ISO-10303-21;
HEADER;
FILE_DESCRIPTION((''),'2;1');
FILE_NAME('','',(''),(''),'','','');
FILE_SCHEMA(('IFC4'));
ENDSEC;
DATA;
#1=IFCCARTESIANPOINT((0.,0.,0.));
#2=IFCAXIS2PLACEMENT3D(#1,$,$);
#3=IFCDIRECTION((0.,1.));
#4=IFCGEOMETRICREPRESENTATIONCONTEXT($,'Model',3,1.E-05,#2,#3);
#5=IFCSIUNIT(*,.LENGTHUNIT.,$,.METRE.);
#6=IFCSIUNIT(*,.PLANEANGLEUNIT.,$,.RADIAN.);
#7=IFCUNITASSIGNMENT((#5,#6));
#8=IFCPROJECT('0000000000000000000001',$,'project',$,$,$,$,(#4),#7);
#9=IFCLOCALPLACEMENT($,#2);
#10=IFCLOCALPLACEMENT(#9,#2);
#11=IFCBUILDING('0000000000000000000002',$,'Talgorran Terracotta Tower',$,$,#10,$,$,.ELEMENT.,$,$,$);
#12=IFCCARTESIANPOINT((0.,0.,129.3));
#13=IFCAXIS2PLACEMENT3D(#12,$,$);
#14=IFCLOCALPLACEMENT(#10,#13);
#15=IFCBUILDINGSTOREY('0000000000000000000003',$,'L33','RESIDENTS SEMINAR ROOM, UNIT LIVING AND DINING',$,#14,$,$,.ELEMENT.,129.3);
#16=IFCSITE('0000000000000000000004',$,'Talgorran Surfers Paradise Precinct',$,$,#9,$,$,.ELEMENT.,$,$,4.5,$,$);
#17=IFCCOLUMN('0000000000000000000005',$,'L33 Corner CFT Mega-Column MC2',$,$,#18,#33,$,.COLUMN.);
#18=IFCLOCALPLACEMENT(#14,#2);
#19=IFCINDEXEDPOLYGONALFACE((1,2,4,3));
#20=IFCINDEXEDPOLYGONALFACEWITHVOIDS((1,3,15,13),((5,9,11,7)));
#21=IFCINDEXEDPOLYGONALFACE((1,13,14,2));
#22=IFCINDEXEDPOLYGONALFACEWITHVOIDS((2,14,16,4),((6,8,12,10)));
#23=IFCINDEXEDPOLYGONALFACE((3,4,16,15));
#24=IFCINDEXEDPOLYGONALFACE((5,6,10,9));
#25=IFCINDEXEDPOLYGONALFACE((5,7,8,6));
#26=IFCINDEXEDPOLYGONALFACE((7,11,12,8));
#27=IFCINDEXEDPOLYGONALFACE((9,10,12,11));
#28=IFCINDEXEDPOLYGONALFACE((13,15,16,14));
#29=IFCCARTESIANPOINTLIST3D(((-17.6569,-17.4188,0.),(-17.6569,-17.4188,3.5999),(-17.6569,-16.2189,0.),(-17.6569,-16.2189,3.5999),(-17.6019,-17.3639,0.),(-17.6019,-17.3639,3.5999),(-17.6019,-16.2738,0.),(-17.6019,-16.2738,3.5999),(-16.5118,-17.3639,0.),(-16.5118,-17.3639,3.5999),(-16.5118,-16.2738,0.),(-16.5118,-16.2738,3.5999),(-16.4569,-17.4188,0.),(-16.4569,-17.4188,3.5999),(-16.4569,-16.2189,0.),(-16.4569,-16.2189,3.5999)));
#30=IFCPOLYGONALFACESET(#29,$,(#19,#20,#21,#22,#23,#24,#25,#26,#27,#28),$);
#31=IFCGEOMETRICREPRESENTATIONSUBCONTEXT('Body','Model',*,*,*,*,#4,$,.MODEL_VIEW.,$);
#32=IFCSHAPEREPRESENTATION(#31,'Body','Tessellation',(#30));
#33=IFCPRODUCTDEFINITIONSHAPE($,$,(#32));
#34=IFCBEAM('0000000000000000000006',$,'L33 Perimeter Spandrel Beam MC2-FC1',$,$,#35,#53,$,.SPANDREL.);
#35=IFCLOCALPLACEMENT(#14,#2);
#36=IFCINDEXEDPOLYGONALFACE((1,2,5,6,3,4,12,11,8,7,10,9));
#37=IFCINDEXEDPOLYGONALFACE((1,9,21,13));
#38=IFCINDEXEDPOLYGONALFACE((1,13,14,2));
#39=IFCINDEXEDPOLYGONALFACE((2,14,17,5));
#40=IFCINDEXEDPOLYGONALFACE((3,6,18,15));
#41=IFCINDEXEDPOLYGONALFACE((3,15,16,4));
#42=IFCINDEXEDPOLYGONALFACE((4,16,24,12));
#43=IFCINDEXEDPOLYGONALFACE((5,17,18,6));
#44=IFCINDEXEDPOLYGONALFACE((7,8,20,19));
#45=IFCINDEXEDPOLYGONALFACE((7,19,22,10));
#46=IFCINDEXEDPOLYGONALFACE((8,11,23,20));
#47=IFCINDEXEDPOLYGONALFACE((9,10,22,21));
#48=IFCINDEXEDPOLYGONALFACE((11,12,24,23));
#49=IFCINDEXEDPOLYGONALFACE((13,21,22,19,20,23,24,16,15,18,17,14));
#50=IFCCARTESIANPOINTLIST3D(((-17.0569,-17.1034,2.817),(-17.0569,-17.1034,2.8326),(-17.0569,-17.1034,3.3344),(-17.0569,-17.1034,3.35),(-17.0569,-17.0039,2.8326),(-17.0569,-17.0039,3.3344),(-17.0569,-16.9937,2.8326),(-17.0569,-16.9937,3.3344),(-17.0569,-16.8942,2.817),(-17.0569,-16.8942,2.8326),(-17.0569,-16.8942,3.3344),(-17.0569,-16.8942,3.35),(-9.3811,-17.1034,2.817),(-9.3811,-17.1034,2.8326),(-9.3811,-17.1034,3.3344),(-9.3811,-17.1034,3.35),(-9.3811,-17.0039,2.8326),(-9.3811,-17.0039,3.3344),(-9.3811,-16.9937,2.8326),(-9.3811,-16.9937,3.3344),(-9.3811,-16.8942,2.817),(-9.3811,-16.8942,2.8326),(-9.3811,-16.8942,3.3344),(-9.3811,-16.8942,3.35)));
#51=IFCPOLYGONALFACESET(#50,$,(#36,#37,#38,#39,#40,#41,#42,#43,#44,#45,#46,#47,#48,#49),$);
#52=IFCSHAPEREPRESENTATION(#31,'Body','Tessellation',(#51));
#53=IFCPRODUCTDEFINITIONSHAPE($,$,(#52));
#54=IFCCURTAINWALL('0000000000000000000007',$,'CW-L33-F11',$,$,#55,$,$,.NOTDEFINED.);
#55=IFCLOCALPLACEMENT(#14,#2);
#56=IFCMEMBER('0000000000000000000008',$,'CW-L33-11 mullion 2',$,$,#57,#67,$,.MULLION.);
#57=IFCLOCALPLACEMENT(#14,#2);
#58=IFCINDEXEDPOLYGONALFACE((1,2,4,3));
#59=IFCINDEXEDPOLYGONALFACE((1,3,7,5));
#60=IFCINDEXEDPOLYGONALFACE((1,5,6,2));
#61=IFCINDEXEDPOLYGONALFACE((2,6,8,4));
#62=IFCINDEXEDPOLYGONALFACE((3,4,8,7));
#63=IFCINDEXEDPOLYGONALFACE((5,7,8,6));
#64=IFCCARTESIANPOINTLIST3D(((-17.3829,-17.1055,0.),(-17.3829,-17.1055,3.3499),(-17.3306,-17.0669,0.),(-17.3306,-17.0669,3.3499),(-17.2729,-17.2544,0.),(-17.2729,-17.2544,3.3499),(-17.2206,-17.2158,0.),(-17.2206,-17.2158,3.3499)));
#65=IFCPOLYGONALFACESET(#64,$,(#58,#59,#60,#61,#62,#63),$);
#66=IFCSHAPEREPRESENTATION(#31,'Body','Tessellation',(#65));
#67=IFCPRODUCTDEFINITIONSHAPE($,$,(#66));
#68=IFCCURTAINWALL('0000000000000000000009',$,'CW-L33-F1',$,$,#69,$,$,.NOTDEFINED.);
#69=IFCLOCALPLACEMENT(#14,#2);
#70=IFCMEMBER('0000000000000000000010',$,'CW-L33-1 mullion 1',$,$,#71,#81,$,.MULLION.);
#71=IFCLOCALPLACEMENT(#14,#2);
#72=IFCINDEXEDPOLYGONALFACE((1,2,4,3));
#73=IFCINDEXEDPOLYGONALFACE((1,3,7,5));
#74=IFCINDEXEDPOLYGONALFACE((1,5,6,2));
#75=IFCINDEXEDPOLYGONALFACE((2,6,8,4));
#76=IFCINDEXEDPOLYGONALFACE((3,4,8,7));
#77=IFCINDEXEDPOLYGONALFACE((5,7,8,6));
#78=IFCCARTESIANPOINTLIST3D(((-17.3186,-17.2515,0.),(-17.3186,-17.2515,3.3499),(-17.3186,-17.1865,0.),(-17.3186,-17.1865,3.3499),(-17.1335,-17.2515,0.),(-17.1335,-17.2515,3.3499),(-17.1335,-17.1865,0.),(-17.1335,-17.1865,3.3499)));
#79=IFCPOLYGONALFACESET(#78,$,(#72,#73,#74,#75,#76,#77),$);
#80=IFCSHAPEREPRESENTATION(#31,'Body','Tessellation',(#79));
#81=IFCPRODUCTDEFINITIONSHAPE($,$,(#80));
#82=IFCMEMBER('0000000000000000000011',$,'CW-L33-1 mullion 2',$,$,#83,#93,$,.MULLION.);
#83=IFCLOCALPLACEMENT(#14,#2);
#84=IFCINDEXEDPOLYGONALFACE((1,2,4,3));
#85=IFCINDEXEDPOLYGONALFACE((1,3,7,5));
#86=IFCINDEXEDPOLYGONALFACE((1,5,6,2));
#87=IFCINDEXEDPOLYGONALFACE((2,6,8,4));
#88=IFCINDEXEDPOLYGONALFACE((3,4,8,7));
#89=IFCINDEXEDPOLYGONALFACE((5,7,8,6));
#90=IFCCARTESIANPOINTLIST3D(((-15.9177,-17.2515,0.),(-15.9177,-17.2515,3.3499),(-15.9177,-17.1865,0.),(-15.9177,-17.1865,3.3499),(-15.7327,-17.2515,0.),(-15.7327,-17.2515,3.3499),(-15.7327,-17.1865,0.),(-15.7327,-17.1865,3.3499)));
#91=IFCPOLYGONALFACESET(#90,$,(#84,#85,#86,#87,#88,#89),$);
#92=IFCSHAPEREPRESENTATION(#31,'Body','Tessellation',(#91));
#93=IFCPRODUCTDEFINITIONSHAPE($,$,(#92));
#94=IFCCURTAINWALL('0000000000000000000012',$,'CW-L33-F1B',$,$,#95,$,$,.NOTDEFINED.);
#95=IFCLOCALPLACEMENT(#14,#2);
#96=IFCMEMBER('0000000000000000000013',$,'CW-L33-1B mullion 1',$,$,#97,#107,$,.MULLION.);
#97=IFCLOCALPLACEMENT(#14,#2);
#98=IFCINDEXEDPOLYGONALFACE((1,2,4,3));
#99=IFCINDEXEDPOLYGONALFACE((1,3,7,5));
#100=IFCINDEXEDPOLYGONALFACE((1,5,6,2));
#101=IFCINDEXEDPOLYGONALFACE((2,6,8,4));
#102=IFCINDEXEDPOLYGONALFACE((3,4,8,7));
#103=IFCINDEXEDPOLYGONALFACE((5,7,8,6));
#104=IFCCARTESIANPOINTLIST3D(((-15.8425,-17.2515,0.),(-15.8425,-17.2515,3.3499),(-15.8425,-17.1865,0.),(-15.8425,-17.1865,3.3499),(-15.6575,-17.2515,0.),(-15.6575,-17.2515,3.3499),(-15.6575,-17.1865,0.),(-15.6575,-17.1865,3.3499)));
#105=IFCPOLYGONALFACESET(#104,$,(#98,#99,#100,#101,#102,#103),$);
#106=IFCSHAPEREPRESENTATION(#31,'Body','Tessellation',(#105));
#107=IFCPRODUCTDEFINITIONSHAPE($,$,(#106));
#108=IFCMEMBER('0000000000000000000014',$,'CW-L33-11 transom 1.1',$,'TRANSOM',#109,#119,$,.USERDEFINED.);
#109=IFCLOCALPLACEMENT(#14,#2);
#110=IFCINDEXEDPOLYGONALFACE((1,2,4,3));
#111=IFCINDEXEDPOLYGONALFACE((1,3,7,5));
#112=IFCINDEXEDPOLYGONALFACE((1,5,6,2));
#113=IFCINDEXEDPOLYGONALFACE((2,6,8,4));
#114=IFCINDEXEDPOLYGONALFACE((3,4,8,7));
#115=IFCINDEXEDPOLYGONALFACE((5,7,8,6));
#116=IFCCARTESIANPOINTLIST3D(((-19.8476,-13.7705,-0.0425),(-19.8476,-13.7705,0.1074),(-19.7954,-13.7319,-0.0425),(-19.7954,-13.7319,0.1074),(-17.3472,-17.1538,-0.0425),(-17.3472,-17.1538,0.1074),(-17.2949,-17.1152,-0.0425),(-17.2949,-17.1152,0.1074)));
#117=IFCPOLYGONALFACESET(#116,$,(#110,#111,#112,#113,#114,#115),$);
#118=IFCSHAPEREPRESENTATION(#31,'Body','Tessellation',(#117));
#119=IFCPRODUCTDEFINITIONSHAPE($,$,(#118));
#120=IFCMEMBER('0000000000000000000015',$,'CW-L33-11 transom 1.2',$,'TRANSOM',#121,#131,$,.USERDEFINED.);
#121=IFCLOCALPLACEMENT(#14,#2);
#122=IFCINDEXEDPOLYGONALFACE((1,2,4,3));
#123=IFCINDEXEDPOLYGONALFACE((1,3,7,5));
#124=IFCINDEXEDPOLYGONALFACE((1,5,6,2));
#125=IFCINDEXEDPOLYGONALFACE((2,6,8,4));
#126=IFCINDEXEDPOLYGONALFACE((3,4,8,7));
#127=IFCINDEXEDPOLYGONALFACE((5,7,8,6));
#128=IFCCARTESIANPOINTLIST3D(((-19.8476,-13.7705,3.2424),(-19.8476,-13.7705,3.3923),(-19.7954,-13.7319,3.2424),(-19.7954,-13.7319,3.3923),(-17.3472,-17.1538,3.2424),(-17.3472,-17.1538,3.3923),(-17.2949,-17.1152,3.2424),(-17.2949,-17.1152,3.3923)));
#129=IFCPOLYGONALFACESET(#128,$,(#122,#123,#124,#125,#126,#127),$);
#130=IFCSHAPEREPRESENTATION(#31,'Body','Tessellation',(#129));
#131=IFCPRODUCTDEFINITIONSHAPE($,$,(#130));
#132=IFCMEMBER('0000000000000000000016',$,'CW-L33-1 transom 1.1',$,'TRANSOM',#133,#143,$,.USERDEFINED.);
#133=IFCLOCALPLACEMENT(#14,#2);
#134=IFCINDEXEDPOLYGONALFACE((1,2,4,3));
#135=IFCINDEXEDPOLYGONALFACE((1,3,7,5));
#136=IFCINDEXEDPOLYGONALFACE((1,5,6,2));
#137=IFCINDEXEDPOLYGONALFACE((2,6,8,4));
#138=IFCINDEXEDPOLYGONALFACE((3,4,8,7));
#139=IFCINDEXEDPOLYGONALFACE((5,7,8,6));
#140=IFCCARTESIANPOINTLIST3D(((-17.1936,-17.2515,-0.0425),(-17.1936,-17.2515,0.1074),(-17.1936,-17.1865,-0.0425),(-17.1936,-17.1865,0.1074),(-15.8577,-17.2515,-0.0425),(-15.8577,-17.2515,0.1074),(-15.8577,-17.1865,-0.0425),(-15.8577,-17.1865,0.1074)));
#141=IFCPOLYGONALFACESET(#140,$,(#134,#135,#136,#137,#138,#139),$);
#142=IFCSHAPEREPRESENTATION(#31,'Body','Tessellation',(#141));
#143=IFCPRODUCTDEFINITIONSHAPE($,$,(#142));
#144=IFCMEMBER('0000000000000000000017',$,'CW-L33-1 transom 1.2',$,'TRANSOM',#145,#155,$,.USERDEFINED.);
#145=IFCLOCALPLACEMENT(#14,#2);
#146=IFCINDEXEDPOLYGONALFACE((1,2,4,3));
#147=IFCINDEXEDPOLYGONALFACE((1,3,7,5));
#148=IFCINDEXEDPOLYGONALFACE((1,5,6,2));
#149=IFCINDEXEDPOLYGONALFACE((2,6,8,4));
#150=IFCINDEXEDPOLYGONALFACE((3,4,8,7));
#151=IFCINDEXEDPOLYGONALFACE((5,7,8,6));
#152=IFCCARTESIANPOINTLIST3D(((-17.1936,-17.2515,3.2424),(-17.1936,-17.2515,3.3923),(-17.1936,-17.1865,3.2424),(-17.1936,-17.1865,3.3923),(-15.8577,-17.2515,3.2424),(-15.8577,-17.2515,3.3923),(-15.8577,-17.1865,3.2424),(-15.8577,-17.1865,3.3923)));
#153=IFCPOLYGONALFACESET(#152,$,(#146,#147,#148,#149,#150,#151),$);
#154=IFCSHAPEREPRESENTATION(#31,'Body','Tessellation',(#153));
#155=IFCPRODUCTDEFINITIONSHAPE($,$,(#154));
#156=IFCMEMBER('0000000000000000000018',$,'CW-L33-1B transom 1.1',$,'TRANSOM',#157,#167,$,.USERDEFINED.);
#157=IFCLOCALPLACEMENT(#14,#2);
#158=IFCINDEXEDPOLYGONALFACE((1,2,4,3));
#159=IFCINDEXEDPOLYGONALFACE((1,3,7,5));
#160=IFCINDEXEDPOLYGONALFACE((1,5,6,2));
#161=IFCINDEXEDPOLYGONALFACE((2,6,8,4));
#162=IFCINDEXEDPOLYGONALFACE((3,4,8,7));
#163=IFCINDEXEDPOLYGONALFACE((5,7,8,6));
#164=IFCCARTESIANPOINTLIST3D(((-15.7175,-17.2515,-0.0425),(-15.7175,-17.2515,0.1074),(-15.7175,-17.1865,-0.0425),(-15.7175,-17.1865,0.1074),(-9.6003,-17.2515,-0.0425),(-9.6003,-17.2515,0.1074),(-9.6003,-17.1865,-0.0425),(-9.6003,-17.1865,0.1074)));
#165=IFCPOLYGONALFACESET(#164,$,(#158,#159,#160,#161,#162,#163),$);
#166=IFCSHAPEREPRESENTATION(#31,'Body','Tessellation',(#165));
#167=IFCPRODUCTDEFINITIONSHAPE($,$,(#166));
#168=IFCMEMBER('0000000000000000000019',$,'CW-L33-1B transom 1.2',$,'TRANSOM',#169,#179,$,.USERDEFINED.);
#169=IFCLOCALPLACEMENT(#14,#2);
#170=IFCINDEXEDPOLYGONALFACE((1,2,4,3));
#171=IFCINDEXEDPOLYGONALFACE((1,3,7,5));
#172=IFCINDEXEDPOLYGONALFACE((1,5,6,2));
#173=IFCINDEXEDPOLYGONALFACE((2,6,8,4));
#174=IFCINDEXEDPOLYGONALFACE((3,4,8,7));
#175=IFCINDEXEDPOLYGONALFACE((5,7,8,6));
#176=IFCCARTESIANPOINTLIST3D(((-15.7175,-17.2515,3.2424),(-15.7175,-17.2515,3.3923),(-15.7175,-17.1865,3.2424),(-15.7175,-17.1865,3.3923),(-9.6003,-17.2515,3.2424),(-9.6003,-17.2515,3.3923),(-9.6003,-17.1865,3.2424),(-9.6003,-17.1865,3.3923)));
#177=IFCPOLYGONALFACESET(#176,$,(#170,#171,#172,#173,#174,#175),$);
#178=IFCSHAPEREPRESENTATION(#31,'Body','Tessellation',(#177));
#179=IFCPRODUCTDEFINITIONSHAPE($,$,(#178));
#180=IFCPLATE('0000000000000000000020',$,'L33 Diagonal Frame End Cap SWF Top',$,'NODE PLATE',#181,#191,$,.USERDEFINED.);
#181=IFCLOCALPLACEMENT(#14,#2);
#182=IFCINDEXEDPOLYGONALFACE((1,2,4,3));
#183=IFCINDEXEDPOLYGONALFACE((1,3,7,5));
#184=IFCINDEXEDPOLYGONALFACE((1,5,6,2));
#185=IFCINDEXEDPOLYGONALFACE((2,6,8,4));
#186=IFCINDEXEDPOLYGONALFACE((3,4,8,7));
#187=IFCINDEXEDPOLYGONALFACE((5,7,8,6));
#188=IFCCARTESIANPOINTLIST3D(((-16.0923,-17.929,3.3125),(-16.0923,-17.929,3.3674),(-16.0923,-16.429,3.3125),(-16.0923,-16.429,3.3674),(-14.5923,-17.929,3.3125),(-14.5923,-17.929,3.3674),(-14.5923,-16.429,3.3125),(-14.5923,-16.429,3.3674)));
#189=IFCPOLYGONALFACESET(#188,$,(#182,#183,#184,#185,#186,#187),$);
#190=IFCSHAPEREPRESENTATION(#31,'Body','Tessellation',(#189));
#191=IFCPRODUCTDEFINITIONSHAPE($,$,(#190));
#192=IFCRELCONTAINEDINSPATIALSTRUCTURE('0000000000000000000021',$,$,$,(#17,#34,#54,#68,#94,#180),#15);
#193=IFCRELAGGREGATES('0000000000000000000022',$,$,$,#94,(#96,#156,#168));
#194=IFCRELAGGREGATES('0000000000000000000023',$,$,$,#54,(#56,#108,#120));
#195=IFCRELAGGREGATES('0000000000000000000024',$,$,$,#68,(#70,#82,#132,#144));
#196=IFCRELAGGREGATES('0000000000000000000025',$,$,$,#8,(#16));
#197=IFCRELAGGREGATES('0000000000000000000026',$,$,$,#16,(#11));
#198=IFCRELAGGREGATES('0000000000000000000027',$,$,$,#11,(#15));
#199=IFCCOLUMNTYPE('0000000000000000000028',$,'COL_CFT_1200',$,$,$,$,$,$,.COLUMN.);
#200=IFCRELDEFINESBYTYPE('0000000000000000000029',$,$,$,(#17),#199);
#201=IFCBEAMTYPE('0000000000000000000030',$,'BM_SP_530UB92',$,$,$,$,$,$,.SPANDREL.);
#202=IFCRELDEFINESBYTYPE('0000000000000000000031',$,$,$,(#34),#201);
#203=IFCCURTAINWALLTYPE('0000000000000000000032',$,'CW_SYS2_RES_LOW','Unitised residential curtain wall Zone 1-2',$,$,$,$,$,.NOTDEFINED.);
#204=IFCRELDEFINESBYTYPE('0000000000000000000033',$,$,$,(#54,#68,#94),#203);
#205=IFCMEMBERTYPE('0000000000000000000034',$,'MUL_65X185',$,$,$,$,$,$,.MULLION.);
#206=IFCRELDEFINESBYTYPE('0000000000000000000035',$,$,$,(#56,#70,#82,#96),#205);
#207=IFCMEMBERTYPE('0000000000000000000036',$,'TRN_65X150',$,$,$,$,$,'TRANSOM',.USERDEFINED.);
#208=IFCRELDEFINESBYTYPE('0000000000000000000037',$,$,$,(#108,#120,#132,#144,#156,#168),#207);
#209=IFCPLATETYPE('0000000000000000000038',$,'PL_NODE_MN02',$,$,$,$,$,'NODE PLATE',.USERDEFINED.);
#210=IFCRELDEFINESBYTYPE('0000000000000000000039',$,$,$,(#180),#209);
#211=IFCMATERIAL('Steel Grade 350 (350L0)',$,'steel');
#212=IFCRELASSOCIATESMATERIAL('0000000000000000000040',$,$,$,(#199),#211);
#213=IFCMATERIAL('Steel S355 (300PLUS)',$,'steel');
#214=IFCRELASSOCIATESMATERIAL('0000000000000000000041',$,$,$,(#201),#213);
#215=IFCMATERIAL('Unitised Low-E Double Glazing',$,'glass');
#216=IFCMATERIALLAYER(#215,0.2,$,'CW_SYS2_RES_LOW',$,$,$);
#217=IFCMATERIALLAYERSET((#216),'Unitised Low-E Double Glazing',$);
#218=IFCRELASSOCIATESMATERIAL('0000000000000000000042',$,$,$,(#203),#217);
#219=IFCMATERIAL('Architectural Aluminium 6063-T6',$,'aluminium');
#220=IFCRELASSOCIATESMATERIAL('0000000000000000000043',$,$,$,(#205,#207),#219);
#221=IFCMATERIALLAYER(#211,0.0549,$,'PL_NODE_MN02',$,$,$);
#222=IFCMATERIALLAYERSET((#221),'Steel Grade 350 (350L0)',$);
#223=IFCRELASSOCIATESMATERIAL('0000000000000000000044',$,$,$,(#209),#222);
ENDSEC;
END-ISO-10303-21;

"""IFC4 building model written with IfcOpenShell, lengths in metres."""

from ifc_helpers import new_model, si_unit, direction, frame, origin, origin_2d, place, context, subcontext, project, spatial, rectangle, hollow_rectangle, i_section, extrude, material, layer, layer_set, material_profile, profile_set, type_object, element, aggregate, save


model = new_model("IFC4")

# Units and contexts
model_context = context("Model", 3, precision=1e-05, world=origin(), true_north=direction((0.0, 1.0)))
body_context = subcontext(model_context, "Body", "Model", "MODEL_VIEW")
ifc_project = project(units=[si_unit("LENGTHUNIT", "METRE"), si_unit("PLANEANGLEUNIT", "RADIAN")], contexts=[model_context])

# Site, building, storey
site_placement = place(None, origin())
site = spatial("IfcSite", under=ifc_project, at=site_placement, Name="Talgorran Surfers Paradise Precinct", CompositionType="ELEMENT", RefElevation=4.5)
building_placement = place(site_placement, origin())
building = spatial("IfcBuilding", under=site, at=building_placement, Name="Talgorran Terracotta Tower", CompositionType="ELEMENT")
storey_placement = place(building_placement, frame((0.0, 0.0, 129.3)))
storey = spatial("IfcBuildingStorey", under=building, at=storey_placement, Name="L33", Description="RESIDENTS SEMINAR ROOM, UNIT LIVING AND DINING", CompositionType="ELEMENT", Elevation=129.3)

# Column
ifc_material_1 = material(Name="Steel Grade 350 (350L0)", Category="steel")
ifc_material_profile_1 = material_profile(ifc_material_1, hollow_rectangle(XDim=1.2, YDim=1.2, WallThickness=0.0549, at=origin_2d()), Name="CFT1200X1200X55")
ifc_profile_set_1 = profile_set([ifc_material_profile_1], Name="Steel Grade 350 (350L0)")
column_type = type_object("IfcColumnType", Name="COL_CFT_1200", PredefinedType="COLUMN", material=ifc_profile_set_1)
column_placement = place(storey_placement, frame((-17.0569, -16.8188, 0.0), z_axis=(0.0, 0.0, 1.0), x_axis=(1.0, 0.0, 0.0)))
element("IfcColumn", 1, at=column_placement, inside=storey, type_object=column_type, Name="L33 Corner CFT Mega-Column MC2", PredefinedType="COLUMN", context=body_context, shape_type="SweptSolid", body=[
    extrude(hollow_rectangle(XDim=1.2, YDim=1.2, WallThickness=0.0549, at=origin_2d()), origin(), (0.0, 0.0, 1.0), 3.5999),
])

# Beam
ifc_material_2 = material(Name="Steel S355 (300PLUS)", Category="steel")
ifc_material_profile_2 = material_profile(ifc_material_2, i_section(OverallWidth=0.2092, OverallDepth=0.533, WebThickness=0.0103, FlangeThickness=0.0156, at=origin_2d()), Name="530UB92.4")
ifc_profile_set_2 = profile_set([ifc_material_profile_2], Name="Steel S355 (300PLUS)")
beam_type = type_object("IfcBeamType", Name="BM_SP_530UB92", PredefinedType="SPANDREL", material=ifc_profile_set_2)
beam_placement = place(storey_placement, frame((-17.0569, -16.9988, 3.0835), z_axis=(1.0, 0.0, 0.0), x_axis=(0.0, 1.0, 0.0)))
element("IfcBeam", 2, at=beam_placement, inside=storey, type_object=beam_type, Name="L33 Perimeter Spandrel Beam MC2-FC1", PredefinedType="SPANDREL", context=body_context, shape_type="SweptSolid", body=[
    extrude(i_section(OverallWidth=0.2092, OverallDepth=0.533, WebThickness=0.0103, FlangeThickness=0.0156, at=origin_2d()), origin(), (0.0, 0.0, 1.0), 7.6758),
])

# Curtain wall, member
ifc_material_3 = material(Name="Unitised Low-E Double Glazing", Category="glass")
ifc_layer_1 = layer(ifc_material_3, 0.2, Name="CW_SYS2_RES_LOW")
ifc_layer_set_1 = layer_set([ifc_layer_1], Name="Unitised Low-E Double Glazing")
curtain_wall_type = type_object("IfcCurtainWallType", Name="CW_SYS2_RES_LOW", Description="Unitised residential curtain wall Zone 1-2", PredefinedType="NOTDEFINED", material=ifc_layer_set_1)
curtain_wall_1_placement = place(storey_placement, origin())
curtain_wall_1 = element("IfcCurtainWall", 3, at=curtain_wall_1_placement, inside=storey, type_object=curtain_wall_type, Name="CW-L33-F11", PredefinedType="NOTDEFINED")
ifc_material_4 = material(Name="Architectural Aluminium 6063-T6", Category="aluminium")
ifc_material_profile_3 = material_profile(ifc_material_4, rectangle(XDim=0.0649, YDim=0.1851, at=origin_2d()), Name="CWM65X185")
ifc_profile_set_3 = profile_set([ifc_material_profile_3], Name="Architectural Aluminium 6063-T6")
member_type_1 = type_object("IfcMemberType", Name="MUL_65X185", PredefinedType="MULLION", material=ifc_profile_set_3)
member_1_placement = place(storey_placement, frame((-17.3018, -17.1606, 0.0), z_axis=(0.0, 0.0, 1.0), x_axis=(0.804194, 0.594366, 0.0)))
member_1 = element("IfcMember", 4, at=member_1_placement, type_object=member_type_1, Name="CW-L33-11 mullion 2", PredefinedType="MULLION", context=body_context, shape_type="SweptSolid", body=[
    extrude(rectangle(XDim=0.0649, YDim=0.1851, at=origin_2d()), origin(), (0.0, 0.0, 1.0), 3.3499),
])

# Curtain wall, members
curtain_wall_2_placement = place(storey_placement, origin())
curtain_wall_2 = element("IfcCurtainWall", 5, at=curtain_wall_2_placement, inside=storey, type_object=curtain_wall_type, Name="CW-L33-F1", PredefinedType="NOTDEFINED")
member_2_placement = place(storey_placement, frame((-17.2261, -17.219, 0.0), z_axis=(0.0, 0.0, 1.0), x_axis=(0.0, 1.0, 0.0)))
member_2 = element("IfcMember", 6, at=member_2_placement, type_object=member_type_1, Name="CW-L33-1 mullion 1", PredefinedType="MULLION", context=body_context, shape_type="SweptSolid", body=[
    extrude(rectangle(XDim=0.0649, YDim=0.1851, at=origin_2d()), origin(), (0.0, 0.0, 1.0), 3.3499),
])
member_3_placement = place(storey_placement, frame((-15.8252, -17.219, 0.0), z_axis=(0.0, 0.0, 1.0), x_axis=(0.0, 1.0, 0.0)))
member_3 = element("IfcMember", 7, at=member_3_placement, type_object=member_type_1, Name="CW-L33-1 mullion 2", PredefinedType="MULLION", context=body_context, shape_type="SweptSolid", body=[
    extrude(rectangle(XDim=0.0649, YDim=0.1851, at=origin_2d()), origin(), (0.0, 0.0, 1.0), 3.3499),
])

# Curtain wall, member
curtain_wall_3_placement = place(storey_placement, origin())
curtain_wall_3 = element("IfcCurtainWall", 8, at=curtain_wall_3_placement, inside=storey, type_object=curtain_wall_type, Name="CW-L33-F1B", PredefinedType="NOTDEFINED")
member_4_placement = place(storey_placement, frame((-15.75, -17.219, 0.0), z_axis=(0.0, 0.0, 1.0), x_axis=(0.0, 1.0, 0.0)))
member_4 = element("IfcMember", 9, at=member_4_placement, type_object=member_type_1, Name="CW-L33-1B mullion 1", PredefinedType="MULLION", context=body_context, shape_type="SweptSolid", body=[
    extrude(rectangle(XDim=0.0649, YDim=0.1851, at=origin_2d()), origin(), (0.0, 0.0, 1.0), 3.3499),
])

# Members
ifc_material_profile_4 = material_profile(ifc_material_4, rectangle(XDim=0.0649, YDim=0.1499, at=origin_2d()), Name="CWT65X150")
ifc_profile_set_4 = profile_set([ifc_material_profile_4], Name="Architectural Aluminium 6063-T6")
member_type_2 = type_object("IfcMemberType", Name="TRN_65X150", ElementType="TRANSOM", PredefinedType="USERDEFINED", material=ifc_profile_set_4)
member_5_placement = place(storey_placement, frame((-19.8215, -13.7512, 0.0325), z_axis=(0.594358, -0.8042, 0.0), x_axis=(0.8042, 0.594358, 0.0)))
member_5 = element("IfcMember", 10, at=member_5_placement, type_object=member_type_2, Name="CW-L33-11 transom 1.1", ObjectType="TRANSOM", PredefinedType="USERDEFINED", context=body_context, shape_type="SweptSolid", body=[
    extrude(rectangle(XDim=0.0649, YDim=0.1499, at=origin_2d()), origin(), (0.0, 0.0, 1.0), 4.207),
])
member_6_placement = place(storey_placement, frame((-19.8215, -13.7512, 3.3174), z_axis=(0.594358, -0.8042, 0.0), x_axis=(0.8042, 0.594358, 0.0)))
member_6 = element("IfcMember", 11, at=member_6_placement, type_object=member_type_2, Name="CW-L33-11 transom 1.2", ObjectType="TRANSOM", PredefinedType="USERDEFINED", context=body_context, shape_type="SweptSolid", body=[
    extrude(rectangle(XDim=0.0649, YDim=0.1499, at=origin_2d()), origin(), (0.0, 0.0, 1.0), 4.207),
])
member_7_placement = place(storey_placement, frame((-17.1936, -17.219, 0.0325), z_axis=(1.0, 0.0, 0.0), x_axis=(0.0, 1.0, 0.0)))
member_7 = element("IfcMember", 12, at=member_7_placement, type_object=member_type_2, Name="CW-L33-1 transom 1.1", ObjectType="TRANSOM", PredefinedType="USERDEFINED", context=body_context, shape_type="SweptSolid", body=[
    extrude(rectangle(XDim=0.0649, YDim=0.1499, at=origin_2d()), origin(), (0.0, 0.0, 1.0), 1.3359),
])
member_8_placement = place(storey_placement, frame((-17.1936, -17.219, 3.3174), z_axis=(1.0, 0.0, 0.0), x_axis=(0.0, 1.0, 0.0)))
member_8 = element("IfcMember", 13, at=member_8_placement, type_object=member_type_2, Name="CW-L33-1 transom 1.2", ObjectType="TRANSOM", PredefinedType="USERDEFINED", context=body_context, shape_type="SweptSolid", body=[
    extrude(rectangle(XDim=0.0649, YDim=0.1499, at=origin_2d()), origin(), (0.0, 0.0, 1.0), 1.3359),
])
member_9_placement = place(storey_placement, frame((-15.7175, -17.219, 0.0325), z_axis=(1.0, 0.0, 0.0), x_axis=(0.0, 1.0, 0.0)))
member_9 = element("IfcMember", 14, at=member_9_placement, type_object=member_type_2, Name="CW-L33-1B transom 1.1", ObjectType="TRANSOM", PredefinedType="USERDEFINED", context=body_context, shape_type="SweptSolid", body=[
    extrude(rectangle(XDim=0.0649, YDim=0.1499, at=origin_2d()), origin(), (0.0, 0.0, 1.0), 6.1172),
])
member_10_placement = place(storey_placement, frame((-15.7175, -17.219, 3.3174), z_axis=(1.0, 0.0, 0.0), x_axis=(0.0, 1.0, 0.0)))
member_10 = element("IfcMember", 15, at=member_10_placement, type_object=member_type_2, Name="CW-L33-1B transom 1.2", ObjectType="TRANSOM", PredefinedType="USERDEFINED", context=body_context, shape_type="SweptSolid", body=[
    extrude(rectangle(XDim=0.0649, YDim=0.1499, at=origin_2d()), origin(), (0.0, 0.0, 1.0), 6.1172),
])
aggregate(curtain_wall_3, [member_4, member_9, member_10])

# Plate
ifc_layer_2 = layer(ifc_material_1, 0.0549, Name="PL_NODE_MN02")
ifc_layer_set_2 = layer_set([ifc_layer_2], Name="Steel Grade 350 (350L0)")
plate_type_1 = type_object("IfcPlateType", Name="PL_NODE_MN02", ElementType="NODE PLATE", PredefinedType="USERDEFINED", material=ifc_layer_set_2)
plate_1_placement = place(storey_placement, frame((-15.3423, -17.179, 3.3125), z_axis=(0.0, 0.0, 1.0), x_axis=(-1.0, 0.0, 0.0)))
element("IfcPlate", 16, at=plate_1_placement, inside=storey, type_object=plate_type_1, Name="L33 Diagonal Frame End Cap SWF Top", ObjectType="NODE PLATE", PredefinedType="USERDEFINED", context=body_context, shape_type="SweptSolid", body=[
    extrude(rectangle(XDim=1.5, YDim=1.5, at=origin_2d()), origin(), (0.0, 0.0, 1.0), 0.0549),
])
aggregate(curtain_wall_1, [member_1, member_5, member_6])
aggregate(curtain_wall_2, [member_2, member_3, member_7, member_8])

save(model, "model.ifc")
